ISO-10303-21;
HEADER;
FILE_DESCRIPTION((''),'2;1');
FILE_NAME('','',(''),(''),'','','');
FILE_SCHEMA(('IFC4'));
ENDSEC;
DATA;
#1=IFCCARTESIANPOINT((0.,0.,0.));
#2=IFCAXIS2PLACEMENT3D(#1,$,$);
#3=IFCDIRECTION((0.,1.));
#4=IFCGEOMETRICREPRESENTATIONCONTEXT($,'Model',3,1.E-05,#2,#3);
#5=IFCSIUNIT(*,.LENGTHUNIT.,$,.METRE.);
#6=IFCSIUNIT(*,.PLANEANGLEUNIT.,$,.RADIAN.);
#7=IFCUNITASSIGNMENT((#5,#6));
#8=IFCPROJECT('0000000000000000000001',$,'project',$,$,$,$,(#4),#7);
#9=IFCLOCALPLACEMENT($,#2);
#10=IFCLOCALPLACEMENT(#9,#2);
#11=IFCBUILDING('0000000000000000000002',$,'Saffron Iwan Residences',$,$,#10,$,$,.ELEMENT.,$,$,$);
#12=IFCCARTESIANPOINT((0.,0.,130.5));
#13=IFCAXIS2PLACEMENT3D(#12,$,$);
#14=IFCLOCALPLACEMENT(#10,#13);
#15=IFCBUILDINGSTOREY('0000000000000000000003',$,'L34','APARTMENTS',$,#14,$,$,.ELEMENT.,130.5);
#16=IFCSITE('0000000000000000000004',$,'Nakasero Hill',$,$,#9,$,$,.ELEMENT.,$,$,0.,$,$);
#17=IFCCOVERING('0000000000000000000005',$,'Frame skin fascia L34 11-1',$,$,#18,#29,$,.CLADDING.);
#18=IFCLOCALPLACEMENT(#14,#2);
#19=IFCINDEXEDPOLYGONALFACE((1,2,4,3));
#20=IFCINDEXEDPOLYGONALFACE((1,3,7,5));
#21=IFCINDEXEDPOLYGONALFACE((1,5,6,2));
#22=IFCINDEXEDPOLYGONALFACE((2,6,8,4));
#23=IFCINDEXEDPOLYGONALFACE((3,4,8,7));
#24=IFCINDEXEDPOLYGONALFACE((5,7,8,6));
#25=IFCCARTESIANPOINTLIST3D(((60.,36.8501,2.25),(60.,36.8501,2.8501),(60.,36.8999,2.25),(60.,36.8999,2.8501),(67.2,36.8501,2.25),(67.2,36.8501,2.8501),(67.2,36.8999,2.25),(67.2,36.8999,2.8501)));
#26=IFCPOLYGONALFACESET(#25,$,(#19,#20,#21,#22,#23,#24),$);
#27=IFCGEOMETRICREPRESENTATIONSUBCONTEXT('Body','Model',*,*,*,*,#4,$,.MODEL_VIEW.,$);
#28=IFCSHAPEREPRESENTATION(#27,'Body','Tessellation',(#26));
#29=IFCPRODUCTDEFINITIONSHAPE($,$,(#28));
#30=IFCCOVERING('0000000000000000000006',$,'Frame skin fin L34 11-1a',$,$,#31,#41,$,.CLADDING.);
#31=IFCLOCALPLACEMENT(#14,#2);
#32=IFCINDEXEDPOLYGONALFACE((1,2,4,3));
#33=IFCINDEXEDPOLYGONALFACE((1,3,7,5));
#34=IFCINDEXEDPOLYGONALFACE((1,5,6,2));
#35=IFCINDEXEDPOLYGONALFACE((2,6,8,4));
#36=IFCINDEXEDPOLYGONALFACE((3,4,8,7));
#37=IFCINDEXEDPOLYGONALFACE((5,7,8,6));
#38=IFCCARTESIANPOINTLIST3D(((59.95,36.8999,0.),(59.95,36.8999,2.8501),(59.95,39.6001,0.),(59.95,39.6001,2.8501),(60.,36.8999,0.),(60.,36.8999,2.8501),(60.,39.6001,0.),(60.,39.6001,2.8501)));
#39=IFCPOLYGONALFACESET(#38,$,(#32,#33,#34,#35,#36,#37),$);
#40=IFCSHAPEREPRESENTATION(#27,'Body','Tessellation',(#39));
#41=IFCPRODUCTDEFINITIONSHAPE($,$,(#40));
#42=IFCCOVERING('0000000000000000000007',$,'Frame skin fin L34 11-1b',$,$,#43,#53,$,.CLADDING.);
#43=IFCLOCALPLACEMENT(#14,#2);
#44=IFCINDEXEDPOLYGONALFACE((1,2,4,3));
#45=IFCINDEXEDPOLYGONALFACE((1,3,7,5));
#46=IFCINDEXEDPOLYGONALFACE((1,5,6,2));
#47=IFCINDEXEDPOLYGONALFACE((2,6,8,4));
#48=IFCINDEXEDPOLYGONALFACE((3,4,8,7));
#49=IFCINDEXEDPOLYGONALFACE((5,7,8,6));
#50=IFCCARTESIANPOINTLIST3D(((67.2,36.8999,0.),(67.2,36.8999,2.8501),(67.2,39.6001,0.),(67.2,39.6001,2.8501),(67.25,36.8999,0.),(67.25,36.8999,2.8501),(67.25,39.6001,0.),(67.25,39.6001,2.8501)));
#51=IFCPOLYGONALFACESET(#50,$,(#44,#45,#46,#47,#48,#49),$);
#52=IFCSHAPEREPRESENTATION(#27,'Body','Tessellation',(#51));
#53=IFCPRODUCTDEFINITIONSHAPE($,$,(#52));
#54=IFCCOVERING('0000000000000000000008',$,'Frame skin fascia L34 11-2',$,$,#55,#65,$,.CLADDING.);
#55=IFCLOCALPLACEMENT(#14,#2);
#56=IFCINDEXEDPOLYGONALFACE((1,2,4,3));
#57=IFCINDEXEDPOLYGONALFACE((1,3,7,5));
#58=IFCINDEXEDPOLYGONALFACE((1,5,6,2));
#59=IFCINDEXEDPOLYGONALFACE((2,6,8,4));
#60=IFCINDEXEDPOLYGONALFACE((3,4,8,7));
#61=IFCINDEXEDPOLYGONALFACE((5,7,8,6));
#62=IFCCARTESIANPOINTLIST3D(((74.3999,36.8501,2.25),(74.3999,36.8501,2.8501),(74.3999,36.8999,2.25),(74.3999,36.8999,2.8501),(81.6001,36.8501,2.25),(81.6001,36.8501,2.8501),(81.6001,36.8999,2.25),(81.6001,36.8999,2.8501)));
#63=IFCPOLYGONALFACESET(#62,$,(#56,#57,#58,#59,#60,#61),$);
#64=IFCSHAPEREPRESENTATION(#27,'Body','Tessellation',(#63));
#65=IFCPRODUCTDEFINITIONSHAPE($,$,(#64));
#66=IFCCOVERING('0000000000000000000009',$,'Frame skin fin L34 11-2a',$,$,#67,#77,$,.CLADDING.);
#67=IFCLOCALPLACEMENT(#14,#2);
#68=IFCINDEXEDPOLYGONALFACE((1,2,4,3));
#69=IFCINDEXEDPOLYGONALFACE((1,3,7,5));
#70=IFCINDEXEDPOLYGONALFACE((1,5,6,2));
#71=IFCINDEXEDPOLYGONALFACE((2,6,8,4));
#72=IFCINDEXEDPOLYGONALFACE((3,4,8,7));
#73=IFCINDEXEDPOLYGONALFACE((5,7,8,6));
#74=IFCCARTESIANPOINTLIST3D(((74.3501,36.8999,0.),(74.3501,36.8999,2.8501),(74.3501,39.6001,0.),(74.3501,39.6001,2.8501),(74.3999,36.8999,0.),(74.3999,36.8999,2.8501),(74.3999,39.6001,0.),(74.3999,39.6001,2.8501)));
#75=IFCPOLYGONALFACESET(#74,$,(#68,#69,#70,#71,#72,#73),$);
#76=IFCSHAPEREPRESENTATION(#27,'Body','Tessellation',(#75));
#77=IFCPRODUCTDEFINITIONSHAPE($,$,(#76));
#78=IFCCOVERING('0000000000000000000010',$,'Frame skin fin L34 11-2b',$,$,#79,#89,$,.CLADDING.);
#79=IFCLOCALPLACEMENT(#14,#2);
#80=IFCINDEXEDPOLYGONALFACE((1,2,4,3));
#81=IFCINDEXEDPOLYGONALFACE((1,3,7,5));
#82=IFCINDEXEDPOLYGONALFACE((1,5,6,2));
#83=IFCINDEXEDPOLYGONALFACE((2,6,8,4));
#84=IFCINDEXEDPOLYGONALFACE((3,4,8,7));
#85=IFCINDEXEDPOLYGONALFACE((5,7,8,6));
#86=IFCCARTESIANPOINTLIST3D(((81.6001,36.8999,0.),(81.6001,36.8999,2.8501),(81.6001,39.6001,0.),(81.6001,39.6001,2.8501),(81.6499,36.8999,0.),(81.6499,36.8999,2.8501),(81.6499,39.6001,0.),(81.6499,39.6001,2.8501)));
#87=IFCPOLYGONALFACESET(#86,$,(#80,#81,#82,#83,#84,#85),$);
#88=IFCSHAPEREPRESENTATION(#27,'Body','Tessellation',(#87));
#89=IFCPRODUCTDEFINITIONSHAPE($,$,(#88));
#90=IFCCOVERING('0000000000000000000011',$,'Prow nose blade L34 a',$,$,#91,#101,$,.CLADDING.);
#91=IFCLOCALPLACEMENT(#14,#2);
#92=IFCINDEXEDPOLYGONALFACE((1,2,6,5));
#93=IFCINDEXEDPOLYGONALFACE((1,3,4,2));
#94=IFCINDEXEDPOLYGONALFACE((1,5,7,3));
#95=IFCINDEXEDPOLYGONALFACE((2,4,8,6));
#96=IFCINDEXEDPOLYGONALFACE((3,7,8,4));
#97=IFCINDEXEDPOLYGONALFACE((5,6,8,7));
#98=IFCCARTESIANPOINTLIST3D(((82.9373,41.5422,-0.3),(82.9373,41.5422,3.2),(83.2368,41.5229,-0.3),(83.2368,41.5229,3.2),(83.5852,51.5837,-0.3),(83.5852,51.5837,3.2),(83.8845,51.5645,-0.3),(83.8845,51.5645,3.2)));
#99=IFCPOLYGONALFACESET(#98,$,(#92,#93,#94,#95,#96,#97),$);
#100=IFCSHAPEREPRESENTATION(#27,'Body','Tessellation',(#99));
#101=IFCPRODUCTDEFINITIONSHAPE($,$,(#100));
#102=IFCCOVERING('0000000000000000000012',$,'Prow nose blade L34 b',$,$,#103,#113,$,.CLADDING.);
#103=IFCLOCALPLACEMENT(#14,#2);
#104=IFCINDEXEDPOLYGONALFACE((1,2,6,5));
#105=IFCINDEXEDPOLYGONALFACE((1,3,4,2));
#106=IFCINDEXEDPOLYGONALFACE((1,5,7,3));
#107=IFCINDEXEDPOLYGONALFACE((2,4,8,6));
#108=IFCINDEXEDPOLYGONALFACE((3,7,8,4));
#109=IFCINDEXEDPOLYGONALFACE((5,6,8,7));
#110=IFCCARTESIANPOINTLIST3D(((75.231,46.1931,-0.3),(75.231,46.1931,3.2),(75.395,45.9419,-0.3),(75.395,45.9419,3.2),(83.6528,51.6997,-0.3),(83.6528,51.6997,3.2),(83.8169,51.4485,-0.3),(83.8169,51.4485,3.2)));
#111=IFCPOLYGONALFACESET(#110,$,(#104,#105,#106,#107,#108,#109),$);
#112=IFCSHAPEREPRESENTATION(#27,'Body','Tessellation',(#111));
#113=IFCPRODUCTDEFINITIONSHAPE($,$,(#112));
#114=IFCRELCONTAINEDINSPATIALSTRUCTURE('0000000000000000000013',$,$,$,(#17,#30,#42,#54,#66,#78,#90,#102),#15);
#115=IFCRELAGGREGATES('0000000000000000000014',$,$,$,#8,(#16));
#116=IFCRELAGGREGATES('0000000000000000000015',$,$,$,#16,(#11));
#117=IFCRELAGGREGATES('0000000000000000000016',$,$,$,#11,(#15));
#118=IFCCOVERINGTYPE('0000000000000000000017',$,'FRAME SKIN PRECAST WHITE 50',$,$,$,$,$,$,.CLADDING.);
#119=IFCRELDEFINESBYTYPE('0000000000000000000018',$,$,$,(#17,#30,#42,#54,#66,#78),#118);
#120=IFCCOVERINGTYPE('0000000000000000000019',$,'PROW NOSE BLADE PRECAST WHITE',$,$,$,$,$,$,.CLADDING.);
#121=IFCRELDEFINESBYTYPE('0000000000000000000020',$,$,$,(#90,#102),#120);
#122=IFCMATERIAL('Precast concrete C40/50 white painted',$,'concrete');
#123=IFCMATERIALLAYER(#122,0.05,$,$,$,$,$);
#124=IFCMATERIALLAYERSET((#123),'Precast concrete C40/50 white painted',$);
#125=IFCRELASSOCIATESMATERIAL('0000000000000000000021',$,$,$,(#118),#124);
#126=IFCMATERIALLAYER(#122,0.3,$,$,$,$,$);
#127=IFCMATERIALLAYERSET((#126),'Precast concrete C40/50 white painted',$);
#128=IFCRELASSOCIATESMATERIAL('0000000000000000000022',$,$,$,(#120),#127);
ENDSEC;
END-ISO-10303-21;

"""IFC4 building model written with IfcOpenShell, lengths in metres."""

from ifc_helpers import new_model, si_unit, direction, frame, origin, place, context, subcontext, project, spatial, polyline, outline, extrude, material, layer, layer_set, type_object, element, save


model = new_model("IFC4")

# Units and contexts
model_context = context("Model", 3, precision=1e-05, world=origin(), true_north=direction((0.0, 1.0)))
body_context = subcontext(model_context, "Body", "Model", "MODEL_VIEW")
ifc_project = project(units=[si_unit("LENGTHUNIT", "METRE"), si_unit("PLANEANGLEUNIT", "RADIAN")], contexts=[model_context])

# Site, building, storey
site_placement = place(None, origin())
site = spatial("IfcSite", under=ifc_project, at=site_placement, Name="Nakasero Hill", CompositionType="ELEMENT", RefElevation=0.0)
building_placement = place(site_placement, origin())
building = spatial("IfcBuilding", under=site, at=building_placement, Name="Saffron Iwan Residences", CompositionType="ELEMENT")
storey_placement = place(building_placement, frame((0.0, 0.0, 130.5)))
storey = spatial("IfcBuildingStorey", under=building, at=storey_placement, Name="L34", Description="APARTMENTS", CompositionType="ELEMENT", Elevation=130.5)

# Coverings
ifc_material = material(Name="Precast concrete C40/50 white painted", Category="concrete")
ifc_layer_1 = layer(ifc_material, 0.05)
ifc_layer_set_1 = layer_set([ifc_layer_1], Name="Precast concrete C40/50 white painted")
covering_type_1 = type_object("IfcCoveringType", Name="FRAME SKIN PRECAST WHITE 50", PredefinedType="CLADDING", material=ifc_layer_set_1)
covering_1_placement = place(storey_placement, frame((0.0, 0.0, 2.25)))
element("IfcCovering", 1, at=covering_1_placement, inside=storey, type_object=covering_type_1, Name="Frame skin fascia L34 11-1", PredefinedType="CLADDING", context=body_context, shape_type="SweptSolid", body=[
    extrude(outline(polyline([(60.0, 36.8501), (67.2, 36.8501), (67.2, 36.8999), (60.0, 36.8999), (60.0, 36.8501)])), origin(), (0.0, 0.0, 1.0), 0.6001),
])
covering_2_placement = place(storey_placement, origin())
element("IfcCovering", 2, at=covering_2_placement, inside=storey, type_object=covering_type_1, Name="Frame skin fin L34 11-1a", PredefinedType="CLADDING", context=body_context, shape_type="SweptSolid", body=[
    extrude(outline(polyline([(59.95, 36.8999), (60.0, 36.8999), (60.0, 39.6001), (59.95, 39.6001), (59.95, 36.8999)])), origin(), (0.0, 0.0, 1.0), 2.8501),
])
covering_3_placement = place(storey_placement, origin())
element("IfcCovering", 3, at=covering_3_placement, inside=storey, type_object=covering_type_1, Name="Frame skin fin L34 11-1b", PredefinedType="CLADDING", context=body_context, shape_type="SweptSolid", body=[
    extrude(outline(polyline([(67.2, 36.8999), (67.25, 36.8999), (67.25, 39.6001), (67.2, 39.6001), (67.2, 36.8999)])), origin(), (0.0, 0.0, 1.0), 2.8501),
])
covering_4_placement = place(storey_placement, frame((0.0, 0.0, 2.25)))
element("IfcCovering", 4, at=covering_4_placement, inside=storey, type_object=covering_type_1, Name="Frame skin fascia L34 11-2", PredefinedType="CLADDING", context=body_context, shape_type="SweptSolid", body=[
    extrude(outline(polyline([(74.3999, 36.8501), (81.6001, 36.8501), (81.6001, 36.8999), (74.3999, 36.8999), (74.3999, 36.8501)])), origin(), (0.0, 0.0, 1.0), 0.6001),
])
covering_5_placement = place(storey_placement, origin())
element("IfcCovering", 5, at=covering_5_placement, inside=storey, type_object=covering_type_1, Name="Frame skin fin L34 11-2a", PredefinedType="CLADDING", context=body_context, shape_type="SweptSolid", body=[
    extrude(outline(polyline([(74.3501, 36.8999), (74.3999, 36.8999), (74.3999, 39.6001), (74.3501, 39.6001), (74.3501, 36.8999)])), origin(), (0.0, 0.0, 1.0), 2.8501),
])
covering_6_placement = place(storey_placement, origin())
element("IfcCovering", 6, at=covering_6_placement, inside=storey, type_object=covering_type_1, Name="Frame skin fin L34 11-2b", PredefinedType="CLADDING", context=body_context, shape_type="SweptSolid", body=[
    extrude(outline(polyline([(81.6001, 36.8999), (81.6499, 36.8999), (81.6499, 39.6001), (81.6001, 39.6001), (81.6001, 36.8999)])), origin(), (0.0, 0.0, 1.0), 2.8501),
])
ifc_layer_2 = layer(ifc_material, 0.3)
ifc_layer_set_2 = layer_set([ifc_layer_2], Name="Precast concrete C40/50 white painted")
covering_type_2 = type_object("IfcCoveringType", Name="PROW NOSE BLADE PRECAST WHITE", PredefinedType="CLADDING", material=ifc_layer_set_2)
covering_7_placement = place(storey_placement, frame((0.0, 0.0, -0.3)))
element("IfcCovering", 7, at=covering_7_placement, inside=storey, type_object=covering_type_2, Name="Prow nose blade L34 a", PredefinedType="CLADDING", context=body_context, shape_type="SweptSolid", body=[
    extrude(outline(polyline([(83.2368, 41.5229), (83.8845, 51.5645), (83.5852, 51.5837), (82.9373, 41.5422), (83.2368, 41.5229)])), origin(), (0.0, 0.0, 1.0), 3.5),
])
covering_8_placement = place(storey_placement, frame((0.0, 0.0, -0.3)))
element("IfcCovering", 8, at=covering_8_placement, inside=storey, type_object=covering_type_2, Name="Prow nose blade L34 b", PredefinedType="CLADDING", context=body_context, shape_type="SweptSolid", body=[
    extrude(outline(polyline([(75.395, 45.9419), (83.8169, 51.4485), (83.6528, 51.6997), (75.231, 46.1931), (75.395, 45.9419)])), origin(), (0.0, 0.0, 1.0), 3.5),
])

save(model, "model.ifc")
